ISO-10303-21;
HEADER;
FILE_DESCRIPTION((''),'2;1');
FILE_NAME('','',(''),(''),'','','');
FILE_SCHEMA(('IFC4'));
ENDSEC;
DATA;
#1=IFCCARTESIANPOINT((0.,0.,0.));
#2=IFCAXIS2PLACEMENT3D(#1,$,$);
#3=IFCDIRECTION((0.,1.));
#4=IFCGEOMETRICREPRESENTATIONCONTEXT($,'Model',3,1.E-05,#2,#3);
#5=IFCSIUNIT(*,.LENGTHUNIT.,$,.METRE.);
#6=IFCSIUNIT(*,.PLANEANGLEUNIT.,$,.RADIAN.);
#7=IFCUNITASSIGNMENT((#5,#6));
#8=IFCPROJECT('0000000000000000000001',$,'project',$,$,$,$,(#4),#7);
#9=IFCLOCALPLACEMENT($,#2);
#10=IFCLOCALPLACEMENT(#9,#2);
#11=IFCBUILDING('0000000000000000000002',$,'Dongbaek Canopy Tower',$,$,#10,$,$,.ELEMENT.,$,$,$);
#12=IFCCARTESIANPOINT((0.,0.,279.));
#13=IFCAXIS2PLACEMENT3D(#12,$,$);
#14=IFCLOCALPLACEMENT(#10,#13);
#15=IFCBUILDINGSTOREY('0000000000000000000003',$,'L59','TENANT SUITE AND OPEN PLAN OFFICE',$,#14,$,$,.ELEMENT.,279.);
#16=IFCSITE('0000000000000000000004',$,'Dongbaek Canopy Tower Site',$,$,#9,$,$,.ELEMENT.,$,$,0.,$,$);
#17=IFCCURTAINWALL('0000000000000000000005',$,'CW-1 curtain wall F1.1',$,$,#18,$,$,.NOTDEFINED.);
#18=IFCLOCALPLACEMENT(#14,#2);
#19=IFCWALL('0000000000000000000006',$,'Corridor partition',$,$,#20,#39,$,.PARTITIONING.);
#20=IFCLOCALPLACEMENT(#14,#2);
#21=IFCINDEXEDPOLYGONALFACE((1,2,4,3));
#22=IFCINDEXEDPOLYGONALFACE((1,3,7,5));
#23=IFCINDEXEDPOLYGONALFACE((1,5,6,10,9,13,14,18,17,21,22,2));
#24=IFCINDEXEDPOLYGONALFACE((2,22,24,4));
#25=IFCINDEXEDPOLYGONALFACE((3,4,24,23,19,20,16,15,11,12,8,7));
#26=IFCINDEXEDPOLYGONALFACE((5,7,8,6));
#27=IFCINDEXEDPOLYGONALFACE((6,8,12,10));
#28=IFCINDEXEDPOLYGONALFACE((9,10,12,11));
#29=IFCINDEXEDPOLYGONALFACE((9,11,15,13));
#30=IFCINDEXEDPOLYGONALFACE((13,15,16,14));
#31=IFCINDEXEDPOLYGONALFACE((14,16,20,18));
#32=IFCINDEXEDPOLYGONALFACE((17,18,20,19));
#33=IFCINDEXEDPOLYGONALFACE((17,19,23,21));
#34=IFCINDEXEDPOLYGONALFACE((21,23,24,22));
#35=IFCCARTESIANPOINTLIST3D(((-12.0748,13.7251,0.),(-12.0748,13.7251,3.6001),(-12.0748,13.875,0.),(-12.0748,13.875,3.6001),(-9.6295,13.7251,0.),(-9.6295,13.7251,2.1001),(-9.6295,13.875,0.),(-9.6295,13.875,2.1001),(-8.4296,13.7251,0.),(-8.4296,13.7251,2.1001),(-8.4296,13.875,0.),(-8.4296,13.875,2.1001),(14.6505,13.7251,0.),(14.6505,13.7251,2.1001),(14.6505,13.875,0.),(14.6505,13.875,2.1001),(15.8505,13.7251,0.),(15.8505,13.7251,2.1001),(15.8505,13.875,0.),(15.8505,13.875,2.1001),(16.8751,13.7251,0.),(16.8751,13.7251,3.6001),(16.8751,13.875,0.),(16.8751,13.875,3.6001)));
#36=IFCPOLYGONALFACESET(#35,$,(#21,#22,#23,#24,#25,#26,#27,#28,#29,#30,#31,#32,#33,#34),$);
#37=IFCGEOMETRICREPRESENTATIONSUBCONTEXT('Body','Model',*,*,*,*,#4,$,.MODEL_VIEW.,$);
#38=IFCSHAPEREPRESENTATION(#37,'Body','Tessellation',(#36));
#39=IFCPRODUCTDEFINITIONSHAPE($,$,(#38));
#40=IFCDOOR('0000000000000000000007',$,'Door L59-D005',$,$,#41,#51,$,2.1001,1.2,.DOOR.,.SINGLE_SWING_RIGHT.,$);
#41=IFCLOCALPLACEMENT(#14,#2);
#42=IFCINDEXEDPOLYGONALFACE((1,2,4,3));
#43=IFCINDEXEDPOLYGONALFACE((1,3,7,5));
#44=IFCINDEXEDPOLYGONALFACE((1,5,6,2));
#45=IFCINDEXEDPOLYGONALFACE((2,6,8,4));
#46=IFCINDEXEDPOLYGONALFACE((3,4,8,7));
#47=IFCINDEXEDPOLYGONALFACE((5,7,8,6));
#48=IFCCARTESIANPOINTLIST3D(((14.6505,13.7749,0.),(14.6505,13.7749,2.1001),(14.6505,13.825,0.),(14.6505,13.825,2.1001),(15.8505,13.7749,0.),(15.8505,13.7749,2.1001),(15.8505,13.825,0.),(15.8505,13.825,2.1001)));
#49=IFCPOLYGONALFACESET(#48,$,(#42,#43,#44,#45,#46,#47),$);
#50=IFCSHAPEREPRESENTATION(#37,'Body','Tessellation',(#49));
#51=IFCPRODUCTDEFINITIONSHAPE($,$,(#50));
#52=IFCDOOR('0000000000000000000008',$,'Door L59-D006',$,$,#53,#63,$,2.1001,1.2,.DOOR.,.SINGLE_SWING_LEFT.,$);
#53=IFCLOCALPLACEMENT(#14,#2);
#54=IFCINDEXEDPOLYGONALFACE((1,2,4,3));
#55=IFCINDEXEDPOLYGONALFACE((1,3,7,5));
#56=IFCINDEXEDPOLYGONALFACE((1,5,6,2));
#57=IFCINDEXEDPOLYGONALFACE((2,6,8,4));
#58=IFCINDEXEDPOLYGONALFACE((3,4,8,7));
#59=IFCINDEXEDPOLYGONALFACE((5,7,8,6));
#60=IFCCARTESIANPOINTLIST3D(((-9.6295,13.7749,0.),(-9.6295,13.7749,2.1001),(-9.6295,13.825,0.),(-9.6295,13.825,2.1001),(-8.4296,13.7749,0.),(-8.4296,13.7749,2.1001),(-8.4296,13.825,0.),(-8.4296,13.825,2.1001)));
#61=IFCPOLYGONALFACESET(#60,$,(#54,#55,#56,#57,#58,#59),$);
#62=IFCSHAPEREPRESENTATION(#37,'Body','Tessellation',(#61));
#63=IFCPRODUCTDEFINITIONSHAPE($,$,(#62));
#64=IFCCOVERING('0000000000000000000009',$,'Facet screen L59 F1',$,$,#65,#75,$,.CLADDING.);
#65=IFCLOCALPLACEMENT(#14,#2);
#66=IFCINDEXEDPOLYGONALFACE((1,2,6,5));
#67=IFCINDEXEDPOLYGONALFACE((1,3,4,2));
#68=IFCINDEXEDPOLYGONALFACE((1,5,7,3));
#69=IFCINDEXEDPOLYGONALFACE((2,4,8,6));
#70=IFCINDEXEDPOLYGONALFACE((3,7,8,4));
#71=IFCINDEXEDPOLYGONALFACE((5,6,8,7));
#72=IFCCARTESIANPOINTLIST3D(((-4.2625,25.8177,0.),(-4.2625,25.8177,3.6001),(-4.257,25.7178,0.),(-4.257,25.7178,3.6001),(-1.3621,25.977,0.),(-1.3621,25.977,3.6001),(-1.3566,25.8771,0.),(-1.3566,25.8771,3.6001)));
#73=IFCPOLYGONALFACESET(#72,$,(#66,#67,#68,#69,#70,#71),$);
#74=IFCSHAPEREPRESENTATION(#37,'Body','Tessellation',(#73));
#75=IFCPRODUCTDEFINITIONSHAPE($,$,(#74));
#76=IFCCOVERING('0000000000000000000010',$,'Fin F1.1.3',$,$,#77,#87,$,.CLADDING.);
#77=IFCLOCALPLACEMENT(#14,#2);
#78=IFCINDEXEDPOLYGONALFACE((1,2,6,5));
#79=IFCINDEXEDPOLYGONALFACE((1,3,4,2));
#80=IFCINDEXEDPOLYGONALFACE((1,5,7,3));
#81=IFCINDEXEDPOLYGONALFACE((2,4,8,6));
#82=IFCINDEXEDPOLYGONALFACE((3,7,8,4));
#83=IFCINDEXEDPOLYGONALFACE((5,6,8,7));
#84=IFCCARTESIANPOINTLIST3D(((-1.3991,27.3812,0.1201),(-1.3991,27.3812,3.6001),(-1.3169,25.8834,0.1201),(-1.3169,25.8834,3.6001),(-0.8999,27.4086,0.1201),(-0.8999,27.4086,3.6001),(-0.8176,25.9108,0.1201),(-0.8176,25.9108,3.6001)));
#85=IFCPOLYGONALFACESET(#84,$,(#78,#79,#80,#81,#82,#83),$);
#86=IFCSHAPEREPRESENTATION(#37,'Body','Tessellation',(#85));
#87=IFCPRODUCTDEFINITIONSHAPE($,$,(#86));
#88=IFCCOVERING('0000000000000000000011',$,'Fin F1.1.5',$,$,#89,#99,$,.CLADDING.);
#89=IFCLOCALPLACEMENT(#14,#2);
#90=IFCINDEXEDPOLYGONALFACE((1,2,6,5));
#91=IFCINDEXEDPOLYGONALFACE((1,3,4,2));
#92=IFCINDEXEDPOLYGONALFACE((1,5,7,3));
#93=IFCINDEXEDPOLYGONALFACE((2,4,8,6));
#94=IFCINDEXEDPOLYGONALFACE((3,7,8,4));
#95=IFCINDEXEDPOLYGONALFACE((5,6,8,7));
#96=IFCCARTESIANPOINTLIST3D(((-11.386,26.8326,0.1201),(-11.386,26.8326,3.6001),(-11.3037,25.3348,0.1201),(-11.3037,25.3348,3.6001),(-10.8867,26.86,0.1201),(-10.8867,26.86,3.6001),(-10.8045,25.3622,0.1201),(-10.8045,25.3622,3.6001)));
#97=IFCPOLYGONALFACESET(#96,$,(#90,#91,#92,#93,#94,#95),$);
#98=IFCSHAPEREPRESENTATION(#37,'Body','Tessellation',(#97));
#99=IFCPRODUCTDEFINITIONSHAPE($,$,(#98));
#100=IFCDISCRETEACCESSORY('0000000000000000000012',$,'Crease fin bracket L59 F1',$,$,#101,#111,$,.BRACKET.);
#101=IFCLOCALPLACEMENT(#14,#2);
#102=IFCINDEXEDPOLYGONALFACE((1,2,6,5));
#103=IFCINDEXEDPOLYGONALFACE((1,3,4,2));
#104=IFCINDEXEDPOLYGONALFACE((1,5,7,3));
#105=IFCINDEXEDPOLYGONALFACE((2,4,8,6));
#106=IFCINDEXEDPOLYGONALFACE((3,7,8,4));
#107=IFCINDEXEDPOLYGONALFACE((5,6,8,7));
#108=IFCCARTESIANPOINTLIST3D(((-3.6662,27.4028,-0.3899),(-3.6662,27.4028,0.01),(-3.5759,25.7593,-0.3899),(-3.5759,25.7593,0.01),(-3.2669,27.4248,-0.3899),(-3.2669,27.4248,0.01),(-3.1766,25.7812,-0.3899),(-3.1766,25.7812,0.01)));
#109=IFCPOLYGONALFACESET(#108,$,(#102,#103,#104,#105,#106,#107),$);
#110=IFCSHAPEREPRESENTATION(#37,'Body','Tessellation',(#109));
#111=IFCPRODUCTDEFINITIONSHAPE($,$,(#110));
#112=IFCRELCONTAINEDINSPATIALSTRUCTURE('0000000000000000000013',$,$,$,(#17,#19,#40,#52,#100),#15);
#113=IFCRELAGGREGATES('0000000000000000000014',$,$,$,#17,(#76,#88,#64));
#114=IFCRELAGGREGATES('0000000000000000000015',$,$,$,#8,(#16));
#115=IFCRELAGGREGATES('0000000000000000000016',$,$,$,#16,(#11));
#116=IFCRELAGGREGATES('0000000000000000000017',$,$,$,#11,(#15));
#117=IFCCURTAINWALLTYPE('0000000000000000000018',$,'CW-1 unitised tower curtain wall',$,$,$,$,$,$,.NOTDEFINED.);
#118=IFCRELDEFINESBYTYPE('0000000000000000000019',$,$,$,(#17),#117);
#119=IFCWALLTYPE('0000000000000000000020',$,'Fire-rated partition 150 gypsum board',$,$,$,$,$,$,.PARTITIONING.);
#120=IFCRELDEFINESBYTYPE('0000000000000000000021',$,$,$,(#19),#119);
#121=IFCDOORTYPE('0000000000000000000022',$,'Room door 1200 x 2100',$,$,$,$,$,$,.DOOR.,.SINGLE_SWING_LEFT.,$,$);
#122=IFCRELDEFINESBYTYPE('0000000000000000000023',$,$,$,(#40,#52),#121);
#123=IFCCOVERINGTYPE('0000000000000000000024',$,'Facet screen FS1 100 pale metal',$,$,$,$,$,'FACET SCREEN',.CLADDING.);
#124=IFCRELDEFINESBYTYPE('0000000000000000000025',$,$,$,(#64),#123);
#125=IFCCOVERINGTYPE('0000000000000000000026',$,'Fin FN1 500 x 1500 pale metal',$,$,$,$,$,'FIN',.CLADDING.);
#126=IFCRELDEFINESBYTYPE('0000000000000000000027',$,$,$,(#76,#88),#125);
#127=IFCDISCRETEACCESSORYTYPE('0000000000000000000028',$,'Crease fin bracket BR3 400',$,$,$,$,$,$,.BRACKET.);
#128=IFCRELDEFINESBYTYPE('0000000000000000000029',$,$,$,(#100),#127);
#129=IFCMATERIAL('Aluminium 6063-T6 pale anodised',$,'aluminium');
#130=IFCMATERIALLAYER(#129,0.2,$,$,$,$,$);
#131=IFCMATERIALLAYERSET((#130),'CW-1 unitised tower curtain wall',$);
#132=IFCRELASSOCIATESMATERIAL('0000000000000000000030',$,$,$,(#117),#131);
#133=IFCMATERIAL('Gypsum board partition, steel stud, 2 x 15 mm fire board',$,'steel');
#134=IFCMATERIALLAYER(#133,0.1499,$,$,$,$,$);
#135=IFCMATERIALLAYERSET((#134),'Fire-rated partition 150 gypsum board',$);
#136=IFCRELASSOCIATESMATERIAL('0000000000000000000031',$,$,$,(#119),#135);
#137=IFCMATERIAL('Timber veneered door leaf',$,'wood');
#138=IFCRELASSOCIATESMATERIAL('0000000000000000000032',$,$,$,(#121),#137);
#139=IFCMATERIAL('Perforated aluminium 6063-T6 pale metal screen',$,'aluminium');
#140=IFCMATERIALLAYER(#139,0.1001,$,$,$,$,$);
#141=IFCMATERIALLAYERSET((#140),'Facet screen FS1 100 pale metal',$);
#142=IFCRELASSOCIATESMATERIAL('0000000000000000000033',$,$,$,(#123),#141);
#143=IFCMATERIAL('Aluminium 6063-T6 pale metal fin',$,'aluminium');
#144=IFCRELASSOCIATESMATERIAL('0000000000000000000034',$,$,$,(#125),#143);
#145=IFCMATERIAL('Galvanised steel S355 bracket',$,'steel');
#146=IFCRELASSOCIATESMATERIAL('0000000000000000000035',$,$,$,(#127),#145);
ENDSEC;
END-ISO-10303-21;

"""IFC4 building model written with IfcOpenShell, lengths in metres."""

from ifc_helpers import new_model, si_unit, direction, frame, frame_2d, origin, origin_2d, place, context, subcontext, project, spatial, rectangle, extrude, material, layer, layer_set, material_profile, profile_set, type_object, element, fill, aggregate, save


model = new_model("IFC4")

# Units and contexts
model_context = context("Model", 3, precision=1e-05, world=origin(), true_north=direction((0.0, 1.0)))
body_context = subcontext(model_context, "Body", "Model", "MODEL_VIEW")
ifc_project = project(units=[si_unit("LENGTHUNIT", "METRE"), si_unit("PLANEANGLEUNIT", "RADIAN")], contexts=[model_context])

# Site, building, storey
site_placement = place(None, origin())
site = spatial("IfcSite", under=ifc_project, at=site_placement, Name="Dongbaek Canopy Tower Site", CompositionType="ELEMENT", RefElevation=0.0)
building_placement = place(site_placement, origin())
building = spatial("IfcBuilding", under=site, at=building_placement, Name="Dongbaek Canopy Tower", CompositionType="ELEMENT")
storey_placement = place(building_placement, frame((0.0, 0.0, 279.0)))
storey = spatial("IfcBuildingStorey", under=building, at=storey_placement, Name="L59", Description="TENANT SUITE AND OPEN PLAN OFFICE", CompositionType="ELEMENT", Elevation=279.0)

# Curtain wall
ifc_material_1 = material(Name="Aluminium 6063-T6 pale anodised", Category="aluminium")
ifc_layer_1 = layer(ifc_material_1, 0.2)
ifc_layer_set_1 = layer_set([ifc_layer_1], Name="CW-1 unitised tower curtain wall")
curtain_wall_type = type_object("IfcCurtainWallType", Name="CW-1 unitised tower curtain wall", PredefinedType="NOTDEFINED", material=ifc_layer_set_1)
curtain_wall_1_placement = place(storey_placement, origin())
curtain_wall_1 = element("IfcCurtainWall", 1, at=curtain_wall_1_placement, inside=storey, type_object=curtain_wall_type, Name="CW-1 curtain wall F1.1", PredefinedType="NOTDEFINED")

# Wall, openings, doors
ifc_material_2 = material(Name="Gypsum board partition, steel stud, 2 x 15 mm fire board", Category="steel")
ifc_layer_2 = layer(ifc_material_2, 0.1499)
ifc_layer_set_2 = layer_set([ifc_layer_2], Name="Fire-rated partition 150 gypsum board")
wall_type = type_object("IfcWallType", Name="Fire-rated partition 150 gypsum board", PredefinedType="PARTITIONING", material=ifc_layer_set_2)
wall_placement = place(storey_placement, frame((-12.075, 13.8, 0.0), z_axis=(0.0, 0.0, 1.0), x_axis=(1.0, 0.0, 0.0)))
wall = element("IfcWall", 2, at=wall_placement, inside=storey, type_object=wall_type, Name="Corridor partition", PredefinedType="PARTITIONING", context=body_context, shape_type="SweptSolid", body=[
    extrude(rectangle(XDim=28.95, YDim=0.1499, at=frame_2d((14.4751, 0.0))), origin(), (0.0, 0.0, 1.0), 3.6001),
])
opening_1_placement = place(wall_placement, frame((26.7253, 0.0, 0.0)))
opening_1 = element("IfcOpeningElement", 3, at=opening_1_placement, cuts=wall, PredefinedType="OPENING", context=body_context, shape_type="SweptSolid", body=[
    extrude(rectangle(XDim=1.2, YDim=2.1001, at=frame_2d((0.6001, 1.05))), frame((0.0, 0.085, 0.0), z_axis=(0.0, -1.0, 0.0), x_axis=(1.0, 0.0, 0.0)), (0.0, 0.0, 1.0), 0.1699),
])
opening_2_placement = place(wall_placement, frame((2.4453, 0.0, 0.0)))
opening_2 = element("IfcOpeningElement", 4, at=opening_2_placement, cuts=wall, PredefinedType="OPENING", context=body_context, shape_type="SweptSolid", body=[
    extrude(rectangle(XDim=1.2, YDim=2.1001, at=frame_2d((0.6001, 1.05))), frame((0.0, 0.085, 0.0), z_axis=(0.0, -1.0, 0.0), x_axis=(1.0, 0.0, 0.0)), (0.0, 0.0, 1.0), 0.1699),
])
ifc_material_3 = material(Name="Timber veneered door leaf", Category="wood")
door_type = type_object("IfcDoorType", Name="Room door 1200 x 2100", OperationType="SINGLE_SWING_LEFT", PredefinedType="DOOR", material=ifc_material_3)
door_1_placement = place(opening_1_placement, origin())
door_1 = element("IfcDoor", 5, at=door_1_placement, inside=storey, type_object=door_type, Name="Door L59-D005", OperationType="SINGLE_SWING_RIGHT", OverallHeight=2.1001, OverallWidth=1.2, PredefinedType="DOOR", context=body_context, shape_type="SweptSolid", body=[
    extrude(rectangle(XDim=1.2, YDim=2.1001, at=frame_2d((0.6001, 1.05))), frame((0.0, 0.0249, 0.0), z_axis=(0.0, -1.0, 0.0), x_axis=(1.0, 0.0, 0.0)), (0.0, 0.0, 1.0), 0.05),
])
fill(opening_1, door_1)
door_2_placement = place(opening_2_placement, origin())
door_2 = element("IfcDoor", 6, at=door_2_placement, inside=storey, type_object=door_type, Name="Door L59-D006", OperationType="SINGLE_SWING_LEFT", OverallHeight=2.1001, OverallWidth=1.2, PredefinedType="DOOR", context=body_context, shape_type="SweptSolid", body=[
    extrude(rectangle(XDim=1.2, YDim=2.1001, at=frame_2d((0.6001, 1.05))), frame((0.0, 0.0249, 0.0), z_axis=(0.0, -1.0, 0.0), x_axis=(1.0, 0.0, 0.0)), (0.0, 0.0, 1.0), 0.05),
])
fill(opening_2, door_2)

# Coverings
ifc_material_4 = material(Name="Perforated aluminium 6063-T6 pale metal screen", Category="aluminium")
ifc_layer_3 = layer(ifc_material_4, 0.1001)
ifc_layer_set_3 = layer_set([ifc_layer_3], Name="Facet screen FS1 100 pale metal")
covering_type_1 = type_object("IfcCoveringType", Name="Facet screen FS1 100 pale metal", ElementType="FACET SCREEN", PredefinedType="CLADDING", material=ifc_layer_set_3)
covering_1_placement = place(storey_placement, frame((-2.8096, 25.8474, 0.0), z_axis=(0.0, 0.0, 1.0), x_axis=(-0.998495, -0.054835, 0.0)))
covering_1 = element("IfcCovering", 7, at=covering_1_placement, type_object=covering_type_1, Name="Facet screen L59 F1", PredefinedType="CLADDING", context=body_context, shape_type="SweptSolid", body=[
    extrude(rectangle(XDim=2.9048, YDim=0.1001, at=origin_2d()), origin(), (0.0, 0.0, 1.0), 3.6001),
])
ifc_material_5 = material(Name="Aluminium 6063-T6 pale metal fin", Category="aluminium")
ifc_material_profile_1 = material_profile(ifc_material_5, rectangle(XDim=1.5, YDim=0.5, at=origin_2d()), Name="Fin FN1 500 x 1500 pale metal")
ifc_profile_set_1 = profile_set([ifc_material_profile_1], Name="Aluminium 6063-T6 pale metal fin")
covering_type_2 = type_object("IfcCoveringType", Name="Fin FN1 500 x 1500 pale metal", ElementType="FIN", PredefinedType="CLADDING", material=ifc_profile_set_1)
covering_2_placement = place(storey_placement, frame((-1.1084, 26.646, 0.1201), z_axis=(0.0, 0.0, 1.0), x_axis=(-0.054836, 0.998495, 0.0)))
covering_2 = element("IfcCovering", 8, at=covering_2_placement, type_object=covering_type_2, Name="Fin F1.1.3", PredefinedType="CLADDING", context=body_context, shape_type="SweptSolid", body=[
    extrude(rectangle(XDim=1.5, YDim=0.5, at=origin_2d()), origin(), (0.0, 0.0, 1.0), 3.48),
])
covering_3_placement = place(storey_placement, frame((-11.0952, 26.0974, 0.1201), z_axis=(0.0, 0.0, 1.0), x_axis=(-0.054836, 0.998495, 0.0)))
covering_3 = element("IfcCovering", 9, at=covering_3_placement, type_object=covering_type_2, Name="Fin F1.1.5", PredefinedType="CLADDING", context=body_context, shape_type="SweptSolid", body=[
    extrude(rectangle(XDim=1.5, YDim=0.5, at=origin_2d()), origin(), (0.0, 0.0, 1.0), 3.48),
])
aggregate(curtain_wall_1, [covering_2, covering_3, covering_1])

# Discrete accessory
ifc_material_6 = material(Name="Galvanised steel S355 bracket", Category="steel")
discrete_accessory_type = type_object("IfcDiscreteAccessoryType", Name="Crease fin bracket BR3 400", PredefinedType="BRACKET", material=ifc_material_6)
discrete_accessory_placement = place(storey_placement, frame((-3.4214, 26.592, -0.3899), z_axis=(0.0, 0.0, 1.0), x_axis=(-0.054835, 0.998495, 0.0)))
element("IfcDiscreteAccessory", 10, at=discrete_accessory_placement, inside=storey, type_object=discrete_accessory_type, Name="Crease fin bracket L59 F1", PredefinedType="BRACKET", context=body_context, shape_type="SweptSolid", body=[
    extrude(rectangle(XDim=1.646, YDim=0.3999, at=origin_2d()), origin(), (0.0, 0.0, 1.0), 0.3999),
])

save(model, "model.ifc")
